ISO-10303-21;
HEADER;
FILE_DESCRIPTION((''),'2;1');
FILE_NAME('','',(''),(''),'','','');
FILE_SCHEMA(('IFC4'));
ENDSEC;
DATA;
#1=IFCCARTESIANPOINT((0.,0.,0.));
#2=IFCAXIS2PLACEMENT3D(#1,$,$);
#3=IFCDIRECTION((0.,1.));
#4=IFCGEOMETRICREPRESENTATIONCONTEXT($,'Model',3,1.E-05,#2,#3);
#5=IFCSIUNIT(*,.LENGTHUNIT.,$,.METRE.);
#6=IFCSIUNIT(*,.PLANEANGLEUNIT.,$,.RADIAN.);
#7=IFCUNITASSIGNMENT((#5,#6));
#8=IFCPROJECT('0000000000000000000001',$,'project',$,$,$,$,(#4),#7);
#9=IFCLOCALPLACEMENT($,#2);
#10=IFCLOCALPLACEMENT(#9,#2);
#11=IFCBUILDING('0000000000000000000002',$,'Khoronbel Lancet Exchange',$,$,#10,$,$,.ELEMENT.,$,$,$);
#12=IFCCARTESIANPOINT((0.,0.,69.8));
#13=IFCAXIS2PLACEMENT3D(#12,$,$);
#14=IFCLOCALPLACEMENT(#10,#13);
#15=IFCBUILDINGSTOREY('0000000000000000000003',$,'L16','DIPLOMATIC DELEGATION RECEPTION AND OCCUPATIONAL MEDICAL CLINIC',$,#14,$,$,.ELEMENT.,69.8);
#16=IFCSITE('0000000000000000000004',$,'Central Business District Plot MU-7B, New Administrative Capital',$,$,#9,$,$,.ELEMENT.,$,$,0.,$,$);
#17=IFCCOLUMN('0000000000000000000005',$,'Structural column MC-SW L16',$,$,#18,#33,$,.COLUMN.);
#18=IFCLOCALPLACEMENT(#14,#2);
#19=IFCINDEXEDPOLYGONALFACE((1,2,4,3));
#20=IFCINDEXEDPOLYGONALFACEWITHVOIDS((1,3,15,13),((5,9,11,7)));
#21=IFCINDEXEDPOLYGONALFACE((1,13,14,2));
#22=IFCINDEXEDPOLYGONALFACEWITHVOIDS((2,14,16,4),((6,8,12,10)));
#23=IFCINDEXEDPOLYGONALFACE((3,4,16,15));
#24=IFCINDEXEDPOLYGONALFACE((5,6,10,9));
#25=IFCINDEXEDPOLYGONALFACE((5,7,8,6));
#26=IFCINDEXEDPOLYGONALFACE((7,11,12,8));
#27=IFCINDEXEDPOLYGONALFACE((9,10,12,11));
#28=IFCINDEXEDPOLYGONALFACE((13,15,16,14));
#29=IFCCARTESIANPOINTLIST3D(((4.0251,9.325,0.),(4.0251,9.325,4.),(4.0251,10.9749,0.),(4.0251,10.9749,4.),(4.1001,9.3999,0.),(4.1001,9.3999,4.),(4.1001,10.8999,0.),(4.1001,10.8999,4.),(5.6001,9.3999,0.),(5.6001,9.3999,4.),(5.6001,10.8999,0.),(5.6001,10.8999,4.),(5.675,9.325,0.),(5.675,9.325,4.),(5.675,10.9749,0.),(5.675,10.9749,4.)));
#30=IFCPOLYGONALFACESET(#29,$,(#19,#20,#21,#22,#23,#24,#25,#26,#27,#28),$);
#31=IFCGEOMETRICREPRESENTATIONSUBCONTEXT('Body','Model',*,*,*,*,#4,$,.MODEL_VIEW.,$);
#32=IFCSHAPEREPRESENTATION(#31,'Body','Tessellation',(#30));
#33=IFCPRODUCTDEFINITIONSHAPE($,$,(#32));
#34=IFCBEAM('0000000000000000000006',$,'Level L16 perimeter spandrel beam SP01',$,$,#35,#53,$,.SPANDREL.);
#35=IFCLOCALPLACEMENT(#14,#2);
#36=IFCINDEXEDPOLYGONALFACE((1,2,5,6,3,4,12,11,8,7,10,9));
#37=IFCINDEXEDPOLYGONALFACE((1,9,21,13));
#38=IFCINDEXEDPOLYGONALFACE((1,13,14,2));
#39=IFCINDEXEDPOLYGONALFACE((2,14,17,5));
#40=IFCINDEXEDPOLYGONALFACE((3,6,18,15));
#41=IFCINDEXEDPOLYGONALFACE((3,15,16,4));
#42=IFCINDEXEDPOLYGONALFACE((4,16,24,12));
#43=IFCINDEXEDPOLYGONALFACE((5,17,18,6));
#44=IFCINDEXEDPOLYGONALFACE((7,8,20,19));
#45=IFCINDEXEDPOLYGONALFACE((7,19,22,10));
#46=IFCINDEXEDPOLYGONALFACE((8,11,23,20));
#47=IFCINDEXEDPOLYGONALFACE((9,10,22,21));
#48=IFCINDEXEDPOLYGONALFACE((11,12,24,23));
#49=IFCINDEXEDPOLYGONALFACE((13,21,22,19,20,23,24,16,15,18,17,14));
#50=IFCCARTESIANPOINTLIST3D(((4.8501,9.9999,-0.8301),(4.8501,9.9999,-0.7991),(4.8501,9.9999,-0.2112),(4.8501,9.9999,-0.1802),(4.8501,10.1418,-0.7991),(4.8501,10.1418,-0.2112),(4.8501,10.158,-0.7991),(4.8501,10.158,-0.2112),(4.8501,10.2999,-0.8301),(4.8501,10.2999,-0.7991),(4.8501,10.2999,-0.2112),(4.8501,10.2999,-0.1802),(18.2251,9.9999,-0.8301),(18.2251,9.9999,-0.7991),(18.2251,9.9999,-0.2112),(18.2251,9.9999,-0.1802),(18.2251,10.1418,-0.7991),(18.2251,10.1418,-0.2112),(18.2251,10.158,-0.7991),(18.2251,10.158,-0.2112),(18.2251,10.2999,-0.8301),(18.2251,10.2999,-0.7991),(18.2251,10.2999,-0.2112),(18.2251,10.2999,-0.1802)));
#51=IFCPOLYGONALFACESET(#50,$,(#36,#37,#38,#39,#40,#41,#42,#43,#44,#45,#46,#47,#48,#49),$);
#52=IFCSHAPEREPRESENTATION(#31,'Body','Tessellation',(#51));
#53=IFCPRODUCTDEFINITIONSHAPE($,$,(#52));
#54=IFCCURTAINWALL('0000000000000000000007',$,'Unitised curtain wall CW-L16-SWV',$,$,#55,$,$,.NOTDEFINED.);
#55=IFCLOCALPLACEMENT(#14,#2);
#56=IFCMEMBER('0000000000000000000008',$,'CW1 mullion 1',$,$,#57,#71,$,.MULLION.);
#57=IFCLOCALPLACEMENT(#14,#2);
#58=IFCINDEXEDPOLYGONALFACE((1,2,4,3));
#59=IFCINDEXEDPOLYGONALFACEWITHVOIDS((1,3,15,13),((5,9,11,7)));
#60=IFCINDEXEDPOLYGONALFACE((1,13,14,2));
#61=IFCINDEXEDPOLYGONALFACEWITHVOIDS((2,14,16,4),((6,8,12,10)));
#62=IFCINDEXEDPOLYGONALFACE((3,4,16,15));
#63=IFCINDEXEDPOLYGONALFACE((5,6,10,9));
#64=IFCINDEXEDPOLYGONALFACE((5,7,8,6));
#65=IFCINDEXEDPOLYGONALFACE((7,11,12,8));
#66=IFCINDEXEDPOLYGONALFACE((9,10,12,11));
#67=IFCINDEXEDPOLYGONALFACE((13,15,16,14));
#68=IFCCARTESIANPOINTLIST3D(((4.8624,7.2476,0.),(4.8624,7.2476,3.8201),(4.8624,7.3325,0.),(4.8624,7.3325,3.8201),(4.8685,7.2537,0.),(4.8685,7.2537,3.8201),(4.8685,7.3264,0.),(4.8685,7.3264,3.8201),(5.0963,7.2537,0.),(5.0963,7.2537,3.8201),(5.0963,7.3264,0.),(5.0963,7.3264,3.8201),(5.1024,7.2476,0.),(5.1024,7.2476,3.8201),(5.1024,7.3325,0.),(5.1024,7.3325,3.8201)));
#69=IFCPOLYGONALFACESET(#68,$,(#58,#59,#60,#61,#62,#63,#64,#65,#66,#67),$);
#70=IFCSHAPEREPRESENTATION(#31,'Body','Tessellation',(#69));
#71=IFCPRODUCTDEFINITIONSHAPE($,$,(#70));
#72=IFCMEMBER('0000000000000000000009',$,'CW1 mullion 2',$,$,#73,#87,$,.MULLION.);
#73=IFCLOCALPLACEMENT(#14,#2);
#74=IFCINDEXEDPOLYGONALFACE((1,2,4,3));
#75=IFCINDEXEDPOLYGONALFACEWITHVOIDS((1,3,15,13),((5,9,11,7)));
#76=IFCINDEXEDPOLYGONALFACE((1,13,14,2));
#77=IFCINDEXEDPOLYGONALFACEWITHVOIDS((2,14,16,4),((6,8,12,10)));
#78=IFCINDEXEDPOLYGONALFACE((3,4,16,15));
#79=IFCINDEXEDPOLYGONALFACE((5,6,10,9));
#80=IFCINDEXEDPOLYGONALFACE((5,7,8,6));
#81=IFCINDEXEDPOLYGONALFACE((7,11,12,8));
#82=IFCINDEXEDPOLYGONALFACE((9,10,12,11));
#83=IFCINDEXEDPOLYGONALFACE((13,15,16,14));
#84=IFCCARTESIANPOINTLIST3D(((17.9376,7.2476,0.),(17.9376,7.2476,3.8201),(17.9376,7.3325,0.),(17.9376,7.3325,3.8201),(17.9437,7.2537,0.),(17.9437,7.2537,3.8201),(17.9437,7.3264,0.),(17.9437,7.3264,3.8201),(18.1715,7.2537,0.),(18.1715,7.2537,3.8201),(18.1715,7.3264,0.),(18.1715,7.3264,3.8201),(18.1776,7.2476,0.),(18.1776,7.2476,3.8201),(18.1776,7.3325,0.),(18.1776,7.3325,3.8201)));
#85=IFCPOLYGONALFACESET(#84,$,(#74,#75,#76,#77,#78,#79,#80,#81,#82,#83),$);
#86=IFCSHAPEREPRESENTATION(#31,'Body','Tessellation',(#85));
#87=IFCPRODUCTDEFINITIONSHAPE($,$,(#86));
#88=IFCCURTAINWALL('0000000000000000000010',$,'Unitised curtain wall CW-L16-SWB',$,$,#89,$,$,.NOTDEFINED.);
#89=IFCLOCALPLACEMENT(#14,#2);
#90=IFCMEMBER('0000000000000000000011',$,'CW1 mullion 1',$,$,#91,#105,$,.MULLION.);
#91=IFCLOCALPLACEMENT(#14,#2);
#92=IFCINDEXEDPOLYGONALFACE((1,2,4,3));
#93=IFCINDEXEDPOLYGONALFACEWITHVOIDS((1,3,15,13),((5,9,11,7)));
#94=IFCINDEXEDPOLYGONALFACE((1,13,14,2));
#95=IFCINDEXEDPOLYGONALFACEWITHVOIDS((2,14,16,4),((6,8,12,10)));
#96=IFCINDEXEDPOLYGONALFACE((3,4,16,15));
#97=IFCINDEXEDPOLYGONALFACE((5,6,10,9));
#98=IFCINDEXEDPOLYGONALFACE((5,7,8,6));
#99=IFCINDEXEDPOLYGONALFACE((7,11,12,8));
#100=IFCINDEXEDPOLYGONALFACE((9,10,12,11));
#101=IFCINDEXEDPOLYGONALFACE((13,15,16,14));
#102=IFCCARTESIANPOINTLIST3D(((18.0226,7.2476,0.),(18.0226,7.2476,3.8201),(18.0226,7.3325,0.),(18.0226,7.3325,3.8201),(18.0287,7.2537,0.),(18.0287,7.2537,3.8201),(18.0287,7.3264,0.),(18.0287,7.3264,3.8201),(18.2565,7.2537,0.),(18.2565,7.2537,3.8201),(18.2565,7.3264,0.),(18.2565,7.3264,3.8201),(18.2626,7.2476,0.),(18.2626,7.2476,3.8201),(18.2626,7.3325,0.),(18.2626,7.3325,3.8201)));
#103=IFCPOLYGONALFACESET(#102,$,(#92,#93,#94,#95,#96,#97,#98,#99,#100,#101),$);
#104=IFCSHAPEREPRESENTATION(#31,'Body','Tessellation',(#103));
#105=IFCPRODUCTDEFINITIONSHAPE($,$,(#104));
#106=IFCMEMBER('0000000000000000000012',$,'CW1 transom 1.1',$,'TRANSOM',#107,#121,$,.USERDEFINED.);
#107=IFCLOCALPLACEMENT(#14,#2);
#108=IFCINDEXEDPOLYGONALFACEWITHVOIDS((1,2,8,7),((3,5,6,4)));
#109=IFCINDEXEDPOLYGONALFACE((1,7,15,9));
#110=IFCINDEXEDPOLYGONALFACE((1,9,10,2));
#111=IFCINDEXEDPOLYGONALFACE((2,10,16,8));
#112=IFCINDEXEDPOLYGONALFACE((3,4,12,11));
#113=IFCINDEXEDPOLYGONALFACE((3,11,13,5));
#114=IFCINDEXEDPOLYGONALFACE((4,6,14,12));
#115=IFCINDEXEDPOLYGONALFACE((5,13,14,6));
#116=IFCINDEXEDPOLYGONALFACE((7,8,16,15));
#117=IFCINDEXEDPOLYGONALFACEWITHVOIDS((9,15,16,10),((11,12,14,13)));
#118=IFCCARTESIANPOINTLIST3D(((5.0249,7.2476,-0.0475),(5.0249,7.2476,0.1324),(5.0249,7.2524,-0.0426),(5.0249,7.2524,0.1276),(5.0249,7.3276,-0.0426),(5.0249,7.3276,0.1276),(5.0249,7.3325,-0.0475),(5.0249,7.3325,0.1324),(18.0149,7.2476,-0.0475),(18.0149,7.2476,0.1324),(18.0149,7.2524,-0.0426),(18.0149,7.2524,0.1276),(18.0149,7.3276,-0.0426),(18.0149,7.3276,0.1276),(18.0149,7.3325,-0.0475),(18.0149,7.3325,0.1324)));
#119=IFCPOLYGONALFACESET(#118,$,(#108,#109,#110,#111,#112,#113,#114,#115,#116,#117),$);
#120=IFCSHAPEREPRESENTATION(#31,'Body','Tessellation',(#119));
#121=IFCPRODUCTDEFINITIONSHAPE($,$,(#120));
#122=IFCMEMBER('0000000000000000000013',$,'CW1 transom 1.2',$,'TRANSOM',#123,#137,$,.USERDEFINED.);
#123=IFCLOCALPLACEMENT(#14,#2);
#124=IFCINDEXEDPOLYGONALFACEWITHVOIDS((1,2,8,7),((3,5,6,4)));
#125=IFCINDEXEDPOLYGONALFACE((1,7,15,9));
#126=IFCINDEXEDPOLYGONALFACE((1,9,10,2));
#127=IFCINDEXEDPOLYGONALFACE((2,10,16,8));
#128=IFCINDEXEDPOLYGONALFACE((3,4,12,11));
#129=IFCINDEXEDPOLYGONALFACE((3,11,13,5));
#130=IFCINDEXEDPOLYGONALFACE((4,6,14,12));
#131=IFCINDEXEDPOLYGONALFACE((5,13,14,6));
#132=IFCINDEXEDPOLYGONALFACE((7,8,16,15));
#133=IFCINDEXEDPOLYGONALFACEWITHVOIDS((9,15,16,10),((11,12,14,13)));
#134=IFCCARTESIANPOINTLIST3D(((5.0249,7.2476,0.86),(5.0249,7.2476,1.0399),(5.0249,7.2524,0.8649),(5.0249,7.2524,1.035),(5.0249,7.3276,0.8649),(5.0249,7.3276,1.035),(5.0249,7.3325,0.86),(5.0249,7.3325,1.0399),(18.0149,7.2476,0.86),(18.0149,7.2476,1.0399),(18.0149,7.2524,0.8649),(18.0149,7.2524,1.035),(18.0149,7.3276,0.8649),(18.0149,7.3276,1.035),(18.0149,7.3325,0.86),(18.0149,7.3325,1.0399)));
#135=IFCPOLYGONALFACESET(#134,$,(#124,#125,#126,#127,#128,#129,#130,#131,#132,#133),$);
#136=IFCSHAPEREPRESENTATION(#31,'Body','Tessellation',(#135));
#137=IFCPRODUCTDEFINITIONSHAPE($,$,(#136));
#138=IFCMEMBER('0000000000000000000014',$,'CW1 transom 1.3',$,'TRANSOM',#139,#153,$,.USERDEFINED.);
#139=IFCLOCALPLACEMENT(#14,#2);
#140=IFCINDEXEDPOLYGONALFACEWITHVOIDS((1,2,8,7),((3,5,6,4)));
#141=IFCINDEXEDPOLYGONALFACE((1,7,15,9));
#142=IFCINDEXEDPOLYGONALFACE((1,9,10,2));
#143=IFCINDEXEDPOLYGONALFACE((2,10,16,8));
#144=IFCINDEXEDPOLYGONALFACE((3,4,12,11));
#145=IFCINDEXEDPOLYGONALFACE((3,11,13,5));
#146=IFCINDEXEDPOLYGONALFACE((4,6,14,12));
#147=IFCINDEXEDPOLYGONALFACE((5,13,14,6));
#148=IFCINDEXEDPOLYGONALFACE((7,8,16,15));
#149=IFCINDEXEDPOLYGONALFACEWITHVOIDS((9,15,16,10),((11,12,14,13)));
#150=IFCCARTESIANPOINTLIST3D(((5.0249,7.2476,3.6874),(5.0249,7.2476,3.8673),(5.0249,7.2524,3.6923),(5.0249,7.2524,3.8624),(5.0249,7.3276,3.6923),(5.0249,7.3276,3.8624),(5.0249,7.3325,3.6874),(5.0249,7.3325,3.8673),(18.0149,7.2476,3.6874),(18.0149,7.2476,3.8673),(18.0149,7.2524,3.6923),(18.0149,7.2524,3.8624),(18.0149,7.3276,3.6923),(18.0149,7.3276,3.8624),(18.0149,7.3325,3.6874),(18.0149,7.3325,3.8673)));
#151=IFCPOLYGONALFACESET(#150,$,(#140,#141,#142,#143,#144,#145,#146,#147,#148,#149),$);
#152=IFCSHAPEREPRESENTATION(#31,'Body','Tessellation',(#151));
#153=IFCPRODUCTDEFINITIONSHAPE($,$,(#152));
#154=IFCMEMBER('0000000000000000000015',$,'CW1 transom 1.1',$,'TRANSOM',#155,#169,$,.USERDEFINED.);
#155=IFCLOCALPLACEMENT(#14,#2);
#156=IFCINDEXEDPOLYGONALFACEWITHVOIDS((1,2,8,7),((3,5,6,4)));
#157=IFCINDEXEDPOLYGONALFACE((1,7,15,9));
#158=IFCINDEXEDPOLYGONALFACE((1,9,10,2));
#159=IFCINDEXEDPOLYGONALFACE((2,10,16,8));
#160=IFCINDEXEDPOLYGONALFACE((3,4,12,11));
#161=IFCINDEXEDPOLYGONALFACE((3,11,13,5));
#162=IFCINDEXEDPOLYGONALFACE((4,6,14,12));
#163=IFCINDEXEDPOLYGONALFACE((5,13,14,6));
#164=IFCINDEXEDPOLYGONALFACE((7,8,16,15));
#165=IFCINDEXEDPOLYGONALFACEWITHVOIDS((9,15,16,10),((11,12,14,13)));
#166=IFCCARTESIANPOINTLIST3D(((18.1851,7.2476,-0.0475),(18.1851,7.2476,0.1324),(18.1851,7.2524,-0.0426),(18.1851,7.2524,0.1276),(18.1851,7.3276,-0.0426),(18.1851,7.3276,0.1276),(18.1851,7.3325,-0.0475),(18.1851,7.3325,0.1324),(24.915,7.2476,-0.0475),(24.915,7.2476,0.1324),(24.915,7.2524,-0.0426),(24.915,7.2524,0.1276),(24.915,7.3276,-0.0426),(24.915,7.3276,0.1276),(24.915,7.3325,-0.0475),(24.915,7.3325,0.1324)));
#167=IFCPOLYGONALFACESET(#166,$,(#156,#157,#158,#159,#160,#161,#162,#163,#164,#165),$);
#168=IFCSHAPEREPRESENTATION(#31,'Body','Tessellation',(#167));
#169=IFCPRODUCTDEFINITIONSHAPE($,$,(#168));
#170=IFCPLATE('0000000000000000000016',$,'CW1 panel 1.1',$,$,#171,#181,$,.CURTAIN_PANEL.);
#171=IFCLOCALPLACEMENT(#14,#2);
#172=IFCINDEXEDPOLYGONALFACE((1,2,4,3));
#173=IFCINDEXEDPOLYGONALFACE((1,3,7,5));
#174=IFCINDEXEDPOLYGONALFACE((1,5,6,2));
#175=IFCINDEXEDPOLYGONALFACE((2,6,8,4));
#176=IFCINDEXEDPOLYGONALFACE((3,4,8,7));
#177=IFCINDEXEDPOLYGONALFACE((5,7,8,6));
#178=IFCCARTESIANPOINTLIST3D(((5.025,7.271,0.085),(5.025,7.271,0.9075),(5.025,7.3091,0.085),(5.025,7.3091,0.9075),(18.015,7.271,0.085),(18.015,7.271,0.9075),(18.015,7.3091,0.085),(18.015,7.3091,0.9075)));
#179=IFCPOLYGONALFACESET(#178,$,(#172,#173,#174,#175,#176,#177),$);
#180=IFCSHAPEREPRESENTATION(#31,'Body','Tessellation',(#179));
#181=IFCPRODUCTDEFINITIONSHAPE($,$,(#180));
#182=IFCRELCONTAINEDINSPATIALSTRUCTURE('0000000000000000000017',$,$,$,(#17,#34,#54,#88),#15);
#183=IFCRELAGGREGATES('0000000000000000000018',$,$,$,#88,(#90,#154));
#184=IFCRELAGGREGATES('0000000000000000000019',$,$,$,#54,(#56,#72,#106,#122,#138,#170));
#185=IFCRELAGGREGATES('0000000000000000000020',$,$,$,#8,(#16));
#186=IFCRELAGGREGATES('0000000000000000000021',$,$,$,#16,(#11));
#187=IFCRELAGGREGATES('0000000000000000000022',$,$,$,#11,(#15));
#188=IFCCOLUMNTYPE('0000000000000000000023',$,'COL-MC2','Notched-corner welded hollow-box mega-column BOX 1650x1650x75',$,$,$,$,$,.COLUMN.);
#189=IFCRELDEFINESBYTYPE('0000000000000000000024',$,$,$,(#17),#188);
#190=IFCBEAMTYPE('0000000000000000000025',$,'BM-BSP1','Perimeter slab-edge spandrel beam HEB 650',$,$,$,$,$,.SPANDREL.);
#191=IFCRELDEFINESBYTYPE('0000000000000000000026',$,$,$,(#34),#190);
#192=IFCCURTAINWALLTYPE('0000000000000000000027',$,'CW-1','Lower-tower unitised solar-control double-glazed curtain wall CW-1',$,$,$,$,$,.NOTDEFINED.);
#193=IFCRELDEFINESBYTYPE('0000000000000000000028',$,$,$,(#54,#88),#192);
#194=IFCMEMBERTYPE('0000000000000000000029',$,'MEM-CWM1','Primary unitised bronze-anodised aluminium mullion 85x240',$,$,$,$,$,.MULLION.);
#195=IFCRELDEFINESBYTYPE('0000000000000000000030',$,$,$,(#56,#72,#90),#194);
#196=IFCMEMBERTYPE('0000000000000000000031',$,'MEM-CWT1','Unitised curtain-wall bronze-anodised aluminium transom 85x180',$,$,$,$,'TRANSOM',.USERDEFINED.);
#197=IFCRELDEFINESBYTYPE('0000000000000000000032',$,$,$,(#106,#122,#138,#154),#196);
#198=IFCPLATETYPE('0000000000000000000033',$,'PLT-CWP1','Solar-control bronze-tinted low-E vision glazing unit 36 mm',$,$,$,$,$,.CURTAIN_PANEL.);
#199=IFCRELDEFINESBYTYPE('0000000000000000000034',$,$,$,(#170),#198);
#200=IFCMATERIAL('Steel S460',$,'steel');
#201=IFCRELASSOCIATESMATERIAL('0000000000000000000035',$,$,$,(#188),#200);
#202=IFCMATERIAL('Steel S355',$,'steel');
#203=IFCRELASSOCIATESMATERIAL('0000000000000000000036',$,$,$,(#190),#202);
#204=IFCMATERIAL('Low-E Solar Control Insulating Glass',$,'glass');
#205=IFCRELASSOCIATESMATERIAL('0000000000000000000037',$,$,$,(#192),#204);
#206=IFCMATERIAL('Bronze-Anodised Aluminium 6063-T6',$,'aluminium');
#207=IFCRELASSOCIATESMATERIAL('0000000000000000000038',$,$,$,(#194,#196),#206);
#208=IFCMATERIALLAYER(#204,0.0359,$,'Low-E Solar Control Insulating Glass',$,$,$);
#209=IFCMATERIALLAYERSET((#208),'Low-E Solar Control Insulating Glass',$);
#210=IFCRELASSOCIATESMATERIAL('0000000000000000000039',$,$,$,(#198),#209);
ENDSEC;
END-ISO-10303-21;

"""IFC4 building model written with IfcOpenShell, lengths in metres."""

from ifc_helpers import new_model, si_unit, direction, frame, origin, origin_2d, place, context, subcontext, project, spatial, rectangle, hollow_rectangle, i_section, extrude, material, layer, layer_set, material_profile, profile_set, type_object, element, aggregate, save


model = new_model("IFC4")

# Units and contexts
model_context = context("Model", 3, precision=1e-05, world=origin(), true_north=direction((0.0, 1.0)))
body_context = subcontext(model_context, "Body", "Model", "MODEL_VIEW")
ifc_project = project(units=[si_unit("LENGTHUNIT", "METRE"), si_unit("PLANEANGLEUNIT", "RADIAN")], contexts=[model_context])

# Site, building, storey
site_placement = place(None, origin())
site = spatial("IfcSite", under=ifc_project, at=site_placement, Name="Central Business District Plot MU-7B, New Administrative Capital", CompositionType="ELEMENT", RefElevation=0.0)
building_placement = place(site_placement, origin())
building = spatial("IfcBuilding", under=site, at=building_placement, Name="Khoronbel Lancet Exchange", CompositionType="ELEMENT")
storey_placement = place(building_placement, frame((0.0, 0.0, 69.8)))
storey = spatial("IfcBuildingStorey", under=building, at=storey_placement, Name="L16", Description="DIPLOMATIC DELEGATION RECEPTION AND OCCUPATIONAL MEDICAL CLINIC", CompositionType="ELEMENT", Elevation=69.8)

# Column
ifc_material_1 = material(Name="Steel S460", Category="steel")
ifc_material_profile_1 = material_profile(ifc_material_1, hollow_rectangle(XDim=1.6499, YDim=1.6499, WallThickness=0.075, at=origin_2d()), Name="BOX 1650x1650x75")
ifc_profile_set_1 = profile_set([ifc_material_profile_1], Name="Steel S460")
column_type = type_object("IfcColumnType", Name="COL-MC2", Description="Notched-corner welded hollow-box mega-column BOX 1650x1650x75", PredefinedType="COLUMN", material=ifc_profile_set_1)
column_placement = place(storey_placement, frame((4.8501, 10.1499, 0.0), z_axis=(0.0, 0.0, 1.0), x_axis=(1.0, 0.0, 0.0)))
element("IfcColumn", 1, at=column_placement, inside=storey, type_object=column_type, Name="Structural column MC-SW L16", PredefinedType="COLUMN", context=body_context, shape_type="SweptSolid", body=[
    extrude(hollow_rectangle(XDim=1.6499, YDim=1.6499, WallThickness=0.075, at=origin_2d()), origin(), (0.0, 0.0, 1.0), 4.0),
])

# Beam
ifc_material_2 = material(Name="Steel S355", Category="steel")
ifc_material_profile_2 = material_profile(ifc_material_2, i_section(OverallWidth=0.3, OverallDepth=0.6499, WebThickness=0.0161, FlangeThickness=0.031, at=origin_2d()), Name="HEB 650")
ifc_profile_set_2 = profile_set([ifc_material_profile_2], Name="Steel S355")
beam_type = type_object("IfcBeamType", Name="BM-BSP1", Description="Perimeter slab-edge spandrel beam HEB 650", PredefinedType="SPANDREL", material=ifc_profile_set_2)
beam_placement = place(storey_placement, frame((4.8501, 10.1499, -0.5051), z_axis=(1.0, 0.0, 0.0), x_axis=(0.0, 1.0, 0.0)))
element("IfcBeam", 2, at=beam_placement, inside=storey, type_object=beam_type, Name="Level L16 perimeter spandrel beam SP01", PredefinedType="SPANDREL", context=body_context, shape_type="SweptSolid", body=[
    extrude(i_section(OverallWidth=0.3, OverallDepth=0.6499, WebThickness=0.0161, FlangeThickness=0.031, at=origin_2d()), origin(), (0.0, 0.0, 1.0), 13.375),
])

# Curtain wall, members
ifc_material_3 = material(Name="Low-E Solar Control Insulating Glass", Category="glass")
curtain_wall_type = type_object("IfcCurtainWallType", Name="CW-1", Description="Lower-tower unitised solar-control double-glazed curtain wall CW-1", PredefinedType="NOTDEFINED", material=ifc_material_3)
curtain_wall_1_placement = place(storey_placement, origin())
curtain_wall_1 = element("IfcCurtainWall", 3, at=curtain_wall_1_placement, inside=storey, type_object=curtain_wall_type, Name="Unitised curtain wall CW-L16-SWV", PredefinedType="NOTDEFINED")
ifc_material_4 = material(Name="Bronze-Anodised Aluminium 6063-T6", Category="aluminium")
ifc_material_profile_3 = material_profile(ifc_material_4, hollow_rectangle(XDim=0.085, YDim=0.24, WallThickness=0.0061, at=origin_2d()), Name="ALU MULLION 85x240")
ifc_profile_set_3 = profile_set([ifc_material_profile_3], Name="Bronze-Anodised Aluminium 6063-T6")
member_type_1 = type_object("IfcMemberType", Name="MEM-CWM1", Description="Primary unitised bronze-anodised aluminium mullion 85x240", PredefinedType="MULLION", material=ifc_profile_set_3)
member_1_placement = place(storey_placement, frame((4.9824, 7.29, 0.0), z_axis=(0.0, 0.0, 1.0), x_axis=(0.0, 1.0, 0.0)))
member_1 = element("IfcMember", 4, at=member_1_placement, type_object=member_type_1, Name="CW1 mullion 1", PredefinedType="MULLION", context=body_context, shape_type="SweptSolid", body=[
    extrude(hollow_rectangle(XDim=0.085, YDim=0.24, WallThickness=0.0061, at=origin_2d()), origin(), (0.0, 0.0, 1.0), 3.8201),
])
member_2_placement = place(storey_placement, frame((18.0576, 7.29, 0.0), z_axis=(0.0, 0.0, 1.0), x_axis=(0.0, 1.0, 0.0)))
member_2 = element("IfcMember", 5, at=member_2_placement, type_object=member_type_1, Name="CW1 mullion 2", PredefinedType="MULLION", context=body_context, shape_type="SweptSolid", body=[
    extrude(hollow_rectangle(XDim=0.085, YDim=0.24, WallThickness=0.0061, at=origin_2d()), origin(), (0.0, 0.0, 1.0), 3.8201),
])

# Curtain wall, member
curtain_wall_2_placement = place(storey_placement, origin())
curtain_wall_2 = element("IfcCurtainWall", 6, at=curtain_wall_2_placement, inside=storey, type_object=curtain_wall_type, Name="Unitised curtain wall CW-L16-SWB", PredefinedType="NOTDEFINED")
member_3_placement = place(storey_placement, frame((18.1426, 7.29, 0.0), z_axis=(0.0, 0.0, 1.0), x_axis=(0.0, 1.0, 0.0)))
member_3 = element("IfcMember", 7, at=member_3_placement, type_object=member_type_1, Name="CW1 mullion 1", PredefinedType="MULLION", context=body_context, shape_type="SweptSolid", body=[
    extrude(hollow_rectangle(XDim=0.085, YDim=0.24, WallThickness=0.0061, at=origin_2d()), origin(), (0.0, 0.0, 1.0), 3.8201),
])

# Members
ifc_material_profile_4 = material_profile(ifc_material_4, hollow_rectangle(XDim=0.085, YDim=0.1799, WallThickness=0.0049, at=origin_2d()), Name="ALU TRANSOM 85x180")
ifc_profile_set_4 = profile_set([ifc_material_profile_4], Name="Bronze-Anodised Aluminium 6063-T6")
member_type_2 = type_object("IfcMemberType", Name="MEM-CWT1", Description="Unitised curtain-wall bronze-anodised aluminium transom 85x180", ElementType="TRANSOM", PredefinedType="USERDEFINED", material=ifc_profile_set_4)
member_4_placement = place(storey_placement, frame((5.0249, 7.29, 0.0425), z_axis=(1.0, 0.0, 0.0), x_axis=(0.0, 1.0, 0.0)))
member_4 = element("IfcMember", 8, at=member_4_placement, type_object=member_type_2, Name="CW1 transom 1.1", ObjectType="TRANSOM", PredefinedType="USERDEFINED", context=body_context, shape_type="SweptSolid", body=[
    extrude(hollow_rectangle(XDim=0.085, YDim=0.1799, WallThickness=0.0049, at=origin_2d()), origin(), (0.0, 0.0, 1.0), 12.99),
])
member_5_placement = place(storey_placement, frame((5.0249, 7.29, 0.95), z_axis=(1.0, 0.0, 0.0), x_axis=(0.0, 1.0, 0.0)))
member_5 = element("IfcMember", 9, at=member_5_placement, type_object=member_type_2, Name="CW1 transom 1.2", ObjectType="TRANSOM", PredefinedType="USERDEFINED", context=body_context, shape_type="SweptSolid", body=[
    extrude(hollow_rectangle(XDim=0.085, YDim=0.1799, WallThickness=0.0049, at=origin_2d()), origin(), (0.0, 0.0, 1.0), 12.99),
])
member_6_placement = place(storey_placement, frame((5.0249, 7.29, 3.7773), z_axis=(1.0, 0.0, 0.0), x_axis=(0.0, 1.0, 0.0)))
member_6 = element("IfcMember", 10, at=member_6_placement, type_object=member_type_2, Name="CW1 transom 1.3", ObjectType="TRANSOM", PredefinedType="USERDEFINED", context=body_context, shape_type="SweptSolid", body=[
    extrude(hollow_rectangle(XDim=0.085, YDim=0.1799, WallThickness=0.0049, at=origin_2d()), origin(), (0.0, 0.0, 1.0), 12.99),
])
member_7_placement = place(storey_placement, frame((18.1851, 7.29, 0.0425), z_axis=(1.0, 0.0, 0.0), x_axis=(0.0, 1.0, 0.0)))
member_7 = element("IfcMember", 11, at=member_7_placement, type_object=member_type_2, Name="CW1 transom 1.1", ObjectType="TRANSOM", PredefinedType="USERDEFINED", context=body_context, shape_type="SweptSolid", body=[
    extrude(hollow_rectangle(XDim=0.085, YDim=0.1799, WallThickness=0.0049, at=origin_2d()), origin(), (0.0, 0.0, 1.0), 6.73),
])
aggregate(curtain_wall_2, [member_3, member_7])

# Plate
ifc_layer_1 = layer(ifc_material_3, 0.0359, Name="Low-E Solar Control Insulating Glass")
ifc_layer_set_1 = layer_set([ifc_layer_1], Name="Low-E Solar Control Insulating Glass")
plate_type = type_object("IfcPlateType", Name="PLT-CWP1", Description="Solar-control bronze-tinted low-E vision glazing unit 36 mm", PredefinedType="CURTAIN_PANEL", material=ifc_layer_set_1)
plate_1_placement = place(storey_placement, frame((11.52, 7.29, 0.085), z_axis=(0.0, 0.0, 1.0), x_axis=(1.0, 0.0, 0.0)))
plate_1 = element("IfcPlate", 12, at=plate_1_placement, type_object=plate_type, Name="CW1 panel 1.1", PredefinedType="CURTAIN_PANEL", context=body_context, shape_type="SweptSolid", body=[
    extrude(rectangle(XDim=12.99, YDim=0.0381, at=origin_2d()), origin(), (0.0, 0.0, 1.0), 0.8225),
])
aggregate(curtain_wall_1, [member_1, member_2, member_4, member_5, member_6, plate_1])

save(model, "model.ifc")
